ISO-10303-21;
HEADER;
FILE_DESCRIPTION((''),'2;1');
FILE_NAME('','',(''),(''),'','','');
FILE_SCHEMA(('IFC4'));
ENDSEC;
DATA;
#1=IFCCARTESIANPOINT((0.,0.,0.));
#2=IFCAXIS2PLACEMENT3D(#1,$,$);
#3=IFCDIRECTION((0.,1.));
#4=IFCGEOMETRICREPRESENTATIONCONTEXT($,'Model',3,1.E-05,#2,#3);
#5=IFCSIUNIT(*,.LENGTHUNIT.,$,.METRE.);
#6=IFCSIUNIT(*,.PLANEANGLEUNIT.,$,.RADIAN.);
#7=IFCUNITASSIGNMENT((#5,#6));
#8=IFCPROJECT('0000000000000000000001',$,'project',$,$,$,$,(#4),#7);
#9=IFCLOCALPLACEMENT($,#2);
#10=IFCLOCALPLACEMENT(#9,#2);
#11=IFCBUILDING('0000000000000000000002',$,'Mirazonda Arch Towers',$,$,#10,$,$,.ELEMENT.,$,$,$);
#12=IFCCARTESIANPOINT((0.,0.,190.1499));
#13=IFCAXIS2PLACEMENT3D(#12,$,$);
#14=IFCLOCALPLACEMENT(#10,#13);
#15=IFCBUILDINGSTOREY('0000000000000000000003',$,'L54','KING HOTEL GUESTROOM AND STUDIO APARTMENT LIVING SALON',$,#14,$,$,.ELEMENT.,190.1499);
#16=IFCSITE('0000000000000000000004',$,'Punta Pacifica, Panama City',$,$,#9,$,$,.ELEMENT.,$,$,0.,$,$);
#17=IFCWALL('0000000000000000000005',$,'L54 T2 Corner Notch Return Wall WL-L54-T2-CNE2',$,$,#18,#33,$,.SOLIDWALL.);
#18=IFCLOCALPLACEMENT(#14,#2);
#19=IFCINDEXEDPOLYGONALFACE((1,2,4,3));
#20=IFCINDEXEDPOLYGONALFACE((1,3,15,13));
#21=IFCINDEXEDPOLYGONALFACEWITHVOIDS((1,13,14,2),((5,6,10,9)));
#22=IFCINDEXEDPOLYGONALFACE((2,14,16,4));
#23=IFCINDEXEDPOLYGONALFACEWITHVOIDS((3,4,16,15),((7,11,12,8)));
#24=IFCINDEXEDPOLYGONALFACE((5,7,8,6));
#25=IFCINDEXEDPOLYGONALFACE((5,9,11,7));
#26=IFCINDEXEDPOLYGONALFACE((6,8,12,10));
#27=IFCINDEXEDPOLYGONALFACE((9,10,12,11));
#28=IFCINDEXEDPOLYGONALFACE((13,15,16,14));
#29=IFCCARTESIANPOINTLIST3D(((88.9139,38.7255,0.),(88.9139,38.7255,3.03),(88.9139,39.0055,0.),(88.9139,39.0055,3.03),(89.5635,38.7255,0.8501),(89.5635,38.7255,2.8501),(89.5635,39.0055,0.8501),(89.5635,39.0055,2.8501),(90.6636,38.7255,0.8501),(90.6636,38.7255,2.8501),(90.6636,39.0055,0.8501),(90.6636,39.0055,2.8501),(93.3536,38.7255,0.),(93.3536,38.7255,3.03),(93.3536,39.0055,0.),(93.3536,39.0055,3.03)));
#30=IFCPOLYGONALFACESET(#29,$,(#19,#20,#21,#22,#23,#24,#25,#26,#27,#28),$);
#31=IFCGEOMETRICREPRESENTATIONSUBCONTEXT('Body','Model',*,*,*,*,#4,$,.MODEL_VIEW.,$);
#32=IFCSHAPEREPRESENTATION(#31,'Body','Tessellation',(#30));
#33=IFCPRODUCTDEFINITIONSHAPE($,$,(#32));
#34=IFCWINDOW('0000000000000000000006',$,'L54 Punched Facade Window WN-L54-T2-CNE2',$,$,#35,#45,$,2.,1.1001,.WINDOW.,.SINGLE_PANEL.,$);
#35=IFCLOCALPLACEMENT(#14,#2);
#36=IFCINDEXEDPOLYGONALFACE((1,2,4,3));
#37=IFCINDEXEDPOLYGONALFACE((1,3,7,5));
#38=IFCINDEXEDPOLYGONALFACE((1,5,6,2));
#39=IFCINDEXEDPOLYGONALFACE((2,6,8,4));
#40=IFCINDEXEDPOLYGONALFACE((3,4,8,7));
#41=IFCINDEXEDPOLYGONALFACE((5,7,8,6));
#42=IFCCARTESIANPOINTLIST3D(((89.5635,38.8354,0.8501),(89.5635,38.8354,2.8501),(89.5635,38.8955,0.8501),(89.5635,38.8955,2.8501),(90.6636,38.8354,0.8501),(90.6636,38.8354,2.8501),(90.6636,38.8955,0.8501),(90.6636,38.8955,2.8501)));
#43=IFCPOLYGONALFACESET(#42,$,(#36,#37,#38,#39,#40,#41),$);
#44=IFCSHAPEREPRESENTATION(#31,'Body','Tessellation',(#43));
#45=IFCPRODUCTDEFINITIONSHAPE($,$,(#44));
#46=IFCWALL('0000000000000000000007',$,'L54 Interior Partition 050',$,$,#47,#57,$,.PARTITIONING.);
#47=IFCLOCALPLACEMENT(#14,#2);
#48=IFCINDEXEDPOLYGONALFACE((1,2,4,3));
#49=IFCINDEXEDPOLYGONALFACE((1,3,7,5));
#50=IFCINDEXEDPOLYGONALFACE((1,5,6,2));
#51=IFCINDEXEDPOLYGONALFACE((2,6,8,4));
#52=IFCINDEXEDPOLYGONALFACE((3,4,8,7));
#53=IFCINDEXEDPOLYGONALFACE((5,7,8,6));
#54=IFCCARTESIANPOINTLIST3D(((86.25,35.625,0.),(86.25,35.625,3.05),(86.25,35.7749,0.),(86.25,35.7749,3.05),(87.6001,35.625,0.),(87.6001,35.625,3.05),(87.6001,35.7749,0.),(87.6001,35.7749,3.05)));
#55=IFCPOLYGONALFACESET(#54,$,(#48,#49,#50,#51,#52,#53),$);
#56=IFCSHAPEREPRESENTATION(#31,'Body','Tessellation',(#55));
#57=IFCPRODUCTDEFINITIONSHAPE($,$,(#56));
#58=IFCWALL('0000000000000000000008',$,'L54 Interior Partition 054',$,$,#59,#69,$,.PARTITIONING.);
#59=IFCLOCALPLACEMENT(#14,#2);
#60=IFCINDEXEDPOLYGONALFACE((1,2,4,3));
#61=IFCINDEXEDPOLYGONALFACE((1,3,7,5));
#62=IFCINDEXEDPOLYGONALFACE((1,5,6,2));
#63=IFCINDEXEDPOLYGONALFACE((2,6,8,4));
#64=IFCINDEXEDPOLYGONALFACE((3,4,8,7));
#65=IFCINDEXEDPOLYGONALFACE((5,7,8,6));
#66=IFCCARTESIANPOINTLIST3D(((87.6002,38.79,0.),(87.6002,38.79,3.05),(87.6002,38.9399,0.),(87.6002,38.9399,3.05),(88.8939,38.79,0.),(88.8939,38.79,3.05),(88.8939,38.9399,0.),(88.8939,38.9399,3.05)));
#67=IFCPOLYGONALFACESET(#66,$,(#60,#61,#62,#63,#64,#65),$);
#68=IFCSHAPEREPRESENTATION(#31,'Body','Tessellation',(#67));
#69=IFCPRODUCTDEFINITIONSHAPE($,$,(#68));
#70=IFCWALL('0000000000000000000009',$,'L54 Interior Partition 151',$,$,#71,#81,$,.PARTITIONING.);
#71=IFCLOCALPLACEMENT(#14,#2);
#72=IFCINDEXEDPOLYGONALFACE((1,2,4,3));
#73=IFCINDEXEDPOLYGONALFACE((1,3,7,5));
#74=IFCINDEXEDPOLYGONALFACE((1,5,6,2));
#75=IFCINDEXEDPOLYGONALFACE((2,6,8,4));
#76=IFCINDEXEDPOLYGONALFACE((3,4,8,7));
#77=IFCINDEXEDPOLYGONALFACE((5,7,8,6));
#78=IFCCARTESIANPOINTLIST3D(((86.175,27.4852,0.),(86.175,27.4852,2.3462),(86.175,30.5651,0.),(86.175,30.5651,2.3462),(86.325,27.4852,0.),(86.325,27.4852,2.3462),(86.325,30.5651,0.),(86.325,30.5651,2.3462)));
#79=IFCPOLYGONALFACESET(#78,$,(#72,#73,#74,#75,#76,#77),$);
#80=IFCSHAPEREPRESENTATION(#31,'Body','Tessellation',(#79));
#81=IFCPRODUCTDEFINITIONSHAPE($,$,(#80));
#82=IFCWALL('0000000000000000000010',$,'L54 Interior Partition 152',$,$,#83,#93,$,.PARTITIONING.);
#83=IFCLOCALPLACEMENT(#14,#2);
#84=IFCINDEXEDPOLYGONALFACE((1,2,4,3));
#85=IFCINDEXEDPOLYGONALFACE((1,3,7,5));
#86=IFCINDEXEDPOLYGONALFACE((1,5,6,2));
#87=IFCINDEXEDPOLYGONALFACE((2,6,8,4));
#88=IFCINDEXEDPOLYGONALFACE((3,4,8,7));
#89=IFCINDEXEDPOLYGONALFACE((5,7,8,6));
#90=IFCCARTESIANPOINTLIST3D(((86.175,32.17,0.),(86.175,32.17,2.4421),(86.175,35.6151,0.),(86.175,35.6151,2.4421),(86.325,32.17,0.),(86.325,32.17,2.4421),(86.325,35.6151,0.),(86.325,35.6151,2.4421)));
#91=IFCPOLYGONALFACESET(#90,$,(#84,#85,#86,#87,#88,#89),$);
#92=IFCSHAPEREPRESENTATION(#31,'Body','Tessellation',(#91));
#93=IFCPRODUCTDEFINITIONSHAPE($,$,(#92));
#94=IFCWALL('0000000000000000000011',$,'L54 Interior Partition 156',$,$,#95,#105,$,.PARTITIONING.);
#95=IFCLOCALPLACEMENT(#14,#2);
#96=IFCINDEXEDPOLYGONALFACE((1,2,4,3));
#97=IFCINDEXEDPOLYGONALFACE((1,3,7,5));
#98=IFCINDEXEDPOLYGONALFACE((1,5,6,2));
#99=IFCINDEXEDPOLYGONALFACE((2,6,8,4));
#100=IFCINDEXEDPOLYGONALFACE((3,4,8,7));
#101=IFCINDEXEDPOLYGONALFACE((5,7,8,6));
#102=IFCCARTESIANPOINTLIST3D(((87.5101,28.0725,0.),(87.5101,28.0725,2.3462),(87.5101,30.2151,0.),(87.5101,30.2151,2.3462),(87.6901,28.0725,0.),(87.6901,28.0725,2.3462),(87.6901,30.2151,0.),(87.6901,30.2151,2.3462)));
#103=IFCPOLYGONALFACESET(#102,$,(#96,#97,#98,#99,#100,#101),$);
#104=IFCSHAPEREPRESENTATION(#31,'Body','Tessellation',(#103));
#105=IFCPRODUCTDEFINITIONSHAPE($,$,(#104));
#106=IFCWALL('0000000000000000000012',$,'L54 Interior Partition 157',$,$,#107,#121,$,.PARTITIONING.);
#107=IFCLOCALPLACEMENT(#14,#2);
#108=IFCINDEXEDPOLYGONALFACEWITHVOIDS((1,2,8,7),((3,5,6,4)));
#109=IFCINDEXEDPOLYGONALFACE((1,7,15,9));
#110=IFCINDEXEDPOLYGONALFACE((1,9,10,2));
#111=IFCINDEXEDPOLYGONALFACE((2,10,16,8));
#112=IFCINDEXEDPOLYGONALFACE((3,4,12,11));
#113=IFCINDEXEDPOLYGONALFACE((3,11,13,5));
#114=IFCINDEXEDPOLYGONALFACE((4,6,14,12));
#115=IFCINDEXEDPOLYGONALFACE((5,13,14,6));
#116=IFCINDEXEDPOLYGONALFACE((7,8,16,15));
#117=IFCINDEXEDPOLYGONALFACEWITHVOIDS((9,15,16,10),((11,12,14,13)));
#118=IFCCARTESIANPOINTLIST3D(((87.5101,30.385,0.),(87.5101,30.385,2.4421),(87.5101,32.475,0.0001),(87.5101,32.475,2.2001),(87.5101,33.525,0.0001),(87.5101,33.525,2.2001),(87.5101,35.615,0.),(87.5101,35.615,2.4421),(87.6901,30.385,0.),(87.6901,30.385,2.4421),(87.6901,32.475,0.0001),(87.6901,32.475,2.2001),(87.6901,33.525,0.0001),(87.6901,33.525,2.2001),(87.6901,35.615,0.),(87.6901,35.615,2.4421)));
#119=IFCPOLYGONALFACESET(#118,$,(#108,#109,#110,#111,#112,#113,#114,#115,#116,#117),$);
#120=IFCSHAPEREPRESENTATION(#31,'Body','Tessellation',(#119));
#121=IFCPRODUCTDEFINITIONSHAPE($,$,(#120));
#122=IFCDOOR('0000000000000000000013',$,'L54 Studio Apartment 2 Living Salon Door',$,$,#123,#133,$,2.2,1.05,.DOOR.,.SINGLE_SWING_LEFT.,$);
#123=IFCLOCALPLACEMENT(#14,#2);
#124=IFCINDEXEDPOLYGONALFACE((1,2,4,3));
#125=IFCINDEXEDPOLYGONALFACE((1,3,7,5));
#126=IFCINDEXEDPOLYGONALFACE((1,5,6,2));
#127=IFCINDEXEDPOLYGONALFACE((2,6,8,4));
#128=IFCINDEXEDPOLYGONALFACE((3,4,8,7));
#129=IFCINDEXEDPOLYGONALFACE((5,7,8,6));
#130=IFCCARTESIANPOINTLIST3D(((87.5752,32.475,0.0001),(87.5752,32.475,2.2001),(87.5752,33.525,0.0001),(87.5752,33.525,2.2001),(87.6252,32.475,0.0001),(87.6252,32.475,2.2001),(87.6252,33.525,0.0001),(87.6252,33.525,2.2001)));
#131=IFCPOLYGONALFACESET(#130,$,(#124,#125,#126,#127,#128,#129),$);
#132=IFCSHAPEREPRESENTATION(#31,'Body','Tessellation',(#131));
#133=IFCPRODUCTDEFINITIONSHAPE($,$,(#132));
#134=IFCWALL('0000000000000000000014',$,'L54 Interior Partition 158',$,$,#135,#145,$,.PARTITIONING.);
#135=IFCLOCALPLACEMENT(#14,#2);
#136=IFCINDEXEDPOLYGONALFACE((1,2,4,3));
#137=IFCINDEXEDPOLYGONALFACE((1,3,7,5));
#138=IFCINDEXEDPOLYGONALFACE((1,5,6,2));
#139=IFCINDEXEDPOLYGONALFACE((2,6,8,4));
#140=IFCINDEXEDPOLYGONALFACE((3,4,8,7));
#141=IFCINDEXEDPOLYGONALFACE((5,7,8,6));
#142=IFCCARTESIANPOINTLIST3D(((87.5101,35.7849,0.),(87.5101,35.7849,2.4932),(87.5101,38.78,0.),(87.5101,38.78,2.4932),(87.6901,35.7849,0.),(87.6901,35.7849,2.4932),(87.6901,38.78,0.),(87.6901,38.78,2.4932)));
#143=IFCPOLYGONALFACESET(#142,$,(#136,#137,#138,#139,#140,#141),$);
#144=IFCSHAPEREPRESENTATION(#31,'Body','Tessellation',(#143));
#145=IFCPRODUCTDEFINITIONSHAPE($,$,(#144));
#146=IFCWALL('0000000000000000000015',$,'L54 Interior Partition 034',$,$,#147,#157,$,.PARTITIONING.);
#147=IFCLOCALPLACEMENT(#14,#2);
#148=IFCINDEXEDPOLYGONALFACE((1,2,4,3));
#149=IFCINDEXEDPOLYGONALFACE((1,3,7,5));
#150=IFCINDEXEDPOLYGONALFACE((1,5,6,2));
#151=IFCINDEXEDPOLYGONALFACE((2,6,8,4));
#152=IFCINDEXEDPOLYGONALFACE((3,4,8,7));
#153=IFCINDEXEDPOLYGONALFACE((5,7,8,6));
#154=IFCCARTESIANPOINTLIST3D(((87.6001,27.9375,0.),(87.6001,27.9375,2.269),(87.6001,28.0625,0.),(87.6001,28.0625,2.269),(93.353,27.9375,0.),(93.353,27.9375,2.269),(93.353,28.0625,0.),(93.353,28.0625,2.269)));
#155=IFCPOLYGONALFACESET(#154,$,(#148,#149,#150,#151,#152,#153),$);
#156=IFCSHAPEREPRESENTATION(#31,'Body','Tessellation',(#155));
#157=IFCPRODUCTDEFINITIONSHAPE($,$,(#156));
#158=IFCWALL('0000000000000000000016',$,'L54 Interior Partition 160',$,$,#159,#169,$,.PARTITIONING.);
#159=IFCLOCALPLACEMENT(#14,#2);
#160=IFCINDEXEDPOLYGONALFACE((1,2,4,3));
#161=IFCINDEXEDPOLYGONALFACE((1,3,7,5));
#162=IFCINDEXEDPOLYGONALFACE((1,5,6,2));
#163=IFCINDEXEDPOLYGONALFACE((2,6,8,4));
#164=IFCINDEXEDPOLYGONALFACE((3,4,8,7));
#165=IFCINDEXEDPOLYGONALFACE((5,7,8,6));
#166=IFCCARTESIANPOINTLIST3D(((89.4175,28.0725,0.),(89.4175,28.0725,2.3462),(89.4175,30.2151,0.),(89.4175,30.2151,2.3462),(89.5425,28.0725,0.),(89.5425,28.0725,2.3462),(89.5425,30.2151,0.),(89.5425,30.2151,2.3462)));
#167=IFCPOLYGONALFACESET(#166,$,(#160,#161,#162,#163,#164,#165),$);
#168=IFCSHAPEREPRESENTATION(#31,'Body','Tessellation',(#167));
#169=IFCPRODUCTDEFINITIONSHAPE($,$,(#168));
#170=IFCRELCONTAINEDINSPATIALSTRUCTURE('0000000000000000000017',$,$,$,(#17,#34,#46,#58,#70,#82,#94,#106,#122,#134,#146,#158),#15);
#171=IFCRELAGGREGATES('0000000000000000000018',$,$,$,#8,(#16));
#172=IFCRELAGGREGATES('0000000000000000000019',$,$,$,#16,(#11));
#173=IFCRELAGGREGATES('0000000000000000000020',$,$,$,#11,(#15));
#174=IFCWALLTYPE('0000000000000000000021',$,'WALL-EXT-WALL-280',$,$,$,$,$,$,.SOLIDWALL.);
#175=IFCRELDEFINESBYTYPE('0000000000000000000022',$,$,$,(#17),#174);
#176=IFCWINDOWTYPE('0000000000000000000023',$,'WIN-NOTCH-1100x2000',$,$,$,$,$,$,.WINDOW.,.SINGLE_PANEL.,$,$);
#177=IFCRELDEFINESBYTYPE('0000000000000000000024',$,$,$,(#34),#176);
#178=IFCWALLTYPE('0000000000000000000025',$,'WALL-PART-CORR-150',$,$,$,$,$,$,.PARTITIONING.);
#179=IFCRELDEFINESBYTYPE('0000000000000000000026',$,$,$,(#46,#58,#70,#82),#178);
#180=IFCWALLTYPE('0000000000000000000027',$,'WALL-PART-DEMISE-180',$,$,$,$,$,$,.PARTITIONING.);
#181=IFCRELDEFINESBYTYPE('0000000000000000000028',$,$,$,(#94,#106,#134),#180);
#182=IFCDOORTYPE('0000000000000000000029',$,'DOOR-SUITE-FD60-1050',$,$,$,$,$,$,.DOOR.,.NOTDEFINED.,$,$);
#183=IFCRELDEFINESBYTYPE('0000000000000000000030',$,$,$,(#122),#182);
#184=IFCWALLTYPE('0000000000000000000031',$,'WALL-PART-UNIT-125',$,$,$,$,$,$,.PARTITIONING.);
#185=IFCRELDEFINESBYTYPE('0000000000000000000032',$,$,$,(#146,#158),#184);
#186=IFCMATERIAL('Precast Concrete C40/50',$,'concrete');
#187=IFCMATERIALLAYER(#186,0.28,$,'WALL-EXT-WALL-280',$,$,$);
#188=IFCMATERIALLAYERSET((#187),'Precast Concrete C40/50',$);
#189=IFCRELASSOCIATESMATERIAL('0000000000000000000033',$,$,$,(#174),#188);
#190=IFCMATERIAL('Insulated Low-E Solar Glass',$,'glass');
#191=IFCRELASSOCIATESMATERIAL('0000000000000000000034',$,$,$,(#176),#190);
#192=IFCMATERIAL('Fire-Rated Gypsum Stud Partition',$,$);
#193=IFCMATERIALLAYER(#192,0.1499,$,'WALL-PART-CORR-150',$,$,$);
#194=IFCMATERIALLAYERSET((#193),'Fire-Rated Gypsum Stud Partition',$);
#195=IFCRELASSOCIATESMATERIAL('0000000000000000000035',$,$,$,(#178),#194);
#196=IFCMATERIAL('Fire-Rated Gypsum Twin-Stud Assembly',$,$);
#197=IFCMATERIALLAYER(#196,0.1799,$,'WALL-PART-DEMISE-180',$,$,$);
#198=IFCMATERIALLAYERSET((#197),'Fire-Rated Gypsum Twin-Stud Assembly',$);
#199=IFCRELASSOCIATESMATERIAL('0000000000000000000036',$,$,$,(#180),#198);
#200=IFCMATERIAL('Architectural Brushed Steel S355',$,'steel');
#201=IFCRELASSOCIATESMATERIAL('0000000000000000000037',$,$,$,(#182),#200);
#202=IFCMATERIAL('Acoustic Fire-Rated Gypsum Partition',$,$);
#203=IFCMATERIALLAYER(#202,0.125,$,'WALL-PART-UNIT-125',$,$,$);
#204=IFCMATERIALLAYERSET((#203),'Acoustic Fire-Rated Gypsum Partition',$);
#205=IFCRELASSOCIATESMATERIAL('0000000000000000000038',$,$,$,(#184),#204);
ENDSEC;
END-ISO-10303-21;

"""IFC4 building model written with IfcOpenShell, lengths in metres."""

from ifc_helpers import new_model, si_unit, direction, frame, frame_2d, origin, place, context, subcontext, project, spatial, rectangle, extrude, material, layer, layer_set, type_object, element, fill, save


model = new_model("IFC4")

# Units and contexts
model_context = context("Model", 3, precision=1e-05, world=origin(), true_north=direction((0.0, 1.0)))
body_context = subcontext(model_context, "Body", "Model", "MODEL_VIEW")
ifc_project = project(units=[si_unit("LENGTHUNIT", "METRE"), si_unit("PLANEANGLEUNIT", "RADIAN")], contexts=[model_context])

# Site, building, storey
site_placement = place(None, origin())
site = spatial("IfcSite", under=ifc_project, at=site_placement, Name="Punta Pacifica, Panama City", CompositionType="ELEMENT", RefElevation=0.0)
building_placement = place(site_placement, origin())
building = spatial("IfcBuilding", under=site, at=building_placement, Name="Mirazonda Arch Towers", CompositionType="ELEMENT")
storey_placement = place(building_placement, frame((0.0, 0.0, 190.1499)))
storey = spatial("IfcBuildingStorey", under=building, at=storey_placement, Name="L54", Description="KING HOTEL GUESTROOM AND STUDIO APARTMENT LIVING SALON", CompositionType="ELEMENT", Elevation=190.1499)

# Shared definitions
ifc_material_1 = material(Name="Insulated Low-E Solar Glass", Category="glass")

# Wall, opening, window
ifc_material_2 = material(Name="Precast Concrete C40/50", Category="concrete")
ifc_layer_1 = layer(ifc_material_2, 0.28, Name="WALL-EXT-WALL-280")
ifc_layer_set_1 = layer_set([ifc_layer_1], Name="Precast Concrete C40/50")
wall_type_1 = type_object("IfcWallType", Name="WALL-EXT-WALL-280", PredefinedType="SOLIDWALL", material=ifc_layer_set_1)
window_type = type_object("IfcWindowType", Name="WIN-NOTCH-1100x2000", PartitioningType="SINGLE_PANEL", PredefinedType="WINDOW", material=ifc_material_1)
wall_1_placement = place(storey_placement, frame((93.3535, 38.8655, 0.0), z_axis=(0.0, 0.0, 1.0), x_axis=(-1.0, 0.0, 0.0)))
wall_1 = element("IfcWall", 1, at=wall_1_placement, inside=storey, type_object=wall_type_1, Name="L54 T2 Corner Notch Return Wall WL-L54-T2-CNE2", PredefinedType="SOLIDWALL", context=body_context, shape_type="SweptSolid", body=[
    extrude(rectangle(XDim=4.4397, YDim=0.28, at=frame_2d((2.2197, 0.0))), origin(), (0.0, 0.0, 1.0), 3.03),
])
opening_1_placement = place(wall_1_placement, frame((2.6899, 0.0, 0.8501)))
opening_1 = element("IfcOpeningElement", 2, at=opening_1_placement, cuts=wall_1, PredefinedType="OPENING", context=body_context, shape_type="SweptSolid", body=[
    extrude(rectangle(XDim=1.1001, YDim=2.0, at=frame_2d((0.55, 1.0))), frame((0.0, 0.1499, 0.0), z_axis=(0.0, -1.0, 0.0), x_axis=(1.0, 0.0, 0.0)), (0.0, 0.0, 1.0), 0.3),
])
window_1_placement = place(opening_1_placement, origin())
window_1 = element("IfcWindow", 3, at=window_1_placement, inside=storey, type_object=window_type, Name="L54 Punched Facade Window WN-L54-T2-CNE2", OverallHeight=2.0, OverallWidth=1.1001, PartitioningType="SINGLE_PANEL", PredefinedType="WINDOW", context=body_context, shape_type="SweptSolid", body=[
    extrude(rectangle(XDim=1.1001, YDim=2.0, at=frame_2d((0.55, 1.0))), frame((0.0, 0.03, 0.0), z_axis=(0.0, -1.0, 0.0), x_axis=(1.0, 0.0, 0.0)), (0.0, 0.0, 1.0), 0.0601),
])
fill(opening_1, window_1)

# Shared definitions
ifc_material_3 = material(Name="Fire-Rated Gypsum Stud Partition")
ifc_layer_2 = layer(ifc_material_3, 0.1499, Name="WALL-PART-CORR-150")
ifc_layer_set_2 = layer_set([ifc_layer_2], Name="Fire-Rated Gypsum Stud Partition")
wall_type_2 = type_object("IfcWallType", Name="WALL-PART-CORR-150", PredefinedType="PARTITIONING", material=ifc_layer_set_2)
ifc_material_4 = material(Name="Architectural Brushed Steel S355", Category="steel")

# Walls
wall_2_placement = place(storey_placement, frame((86.25, 35.7, 0.0), z_axis=(0.0, 0.0, 1.0), x_axis=(1.0, 0.0, 0.0)))
element("IfcWall", 4, at=wall_2_placement, inside=storey, type_object=wall_type_2, Name="L54 Interior Partition 050", PredefinedType="PARTITIONING", context=body_context, shape_type="SweptSolid", body=[
    extrude(rectangle(XDim=1.3501, YDim=0.1499, at=frame_2d((0.675, 0.0))), origin(), (0.0, 0.0, 1.0), 3.05),
])
wall_3_placement = place(storey_placement, frame((87.6001, 38.865, 0.0), z_axis=(0.0, 0.0, 1.0), x_axis=(1.0, 0.0, 0.0)))
element("IfcWall", 5, at=wall_3_placement, inside=storey, type_object=wall_type_2, Name="L54 Interior Partition 054", PredefinedType="PARTITIONING", context=body_context, shape_type="SweptSolid", body=[
    extrude(rectangle(XDim=1.2937, YDim=0.1499, at=frame_2d((0.647, 0.0))), origin(), (0.0, 0.0, 1.0), 3.05),
])
wall_4_placement = place(storey_placement, frame((86.25, 27.4851, 0.0), z_axis=(0.0, 0.0, 1.0), x_axis=(0.0, 1.0, 0.0)))
element("IfcWall", 6, at=wall_4_placement, inside=storey, type_object=wall_type_2, Name="L54 Interior Partition 151", PredefinedType="PARTITIONING", context=body_context, shape_type="SweptSolid", body=[
    extrude(rectangle(XDim=3.0798, YDim=0.1499, at=frame_2d((1.54, 0.0))), origin(), (0.0, 0.0, 1.0), 2.3462),
])
wall_5_placement = place(storey_placement, frame((86.25, 32.1699, 0.0), z_axis=(0.0, 0.0, 1.0), x_axis=(0.0, 1.0, 0.0)))
element("IfcWall", 7, at=wall_5_placement, inside=storey, type_object=wall_type_2, Name="L54 Interior Partition 152", PredefinedType="PARTITIONING", context=body_context, shape_type="SweptSolid", body=[
    extrude(rectangle(XDim=3.4451, YDim=0.1499, at=frame_2d((1.7227, 0.0))), origin(), (0.0, 0.0, 1.0), 2.4421),
])
ifc_material_5 = material(Name="Fire-Rated Gypsum Twin-Stud Assembly")
ifc_layer_3 = layer(ifc_material_5, 0.1799, Name="WALL-PART-DEMISE-180")
ifc_layer_set_3 = layer_set([ifc_layer_3], Name="Fire-Rated Gypsum Twin-Stud Assembly")
wall_type_3 = type_object("IfcWallType", Name="WALL-PART-DEMISE-180", PredefinedType="PARTITIONING", material=ifc_layer_set_3)
wall_6_placement = place(storey_placement, frame((87.6001, 28.0725, 0.0), z_axis=(0.0, 0.0, 1.0), x_axis=(0.0, 1.0, 0.0)))
element("IfcWall", 8, at=wall_6_placement, inside=storey, type_object=wall_type_3, Name="L54 Interior Partition 156", PredefinedType="PARTITIONING", context=body_context, shape_type="SweptSolid", body=[
    extrude(rectangle(XDim=2.1426, YDim=0.1799, at=frame_2d((1.0713, 0.0))), origin(), (0.0, 0.0, 1.0), 2.3462),
])

# Wall, opening, door
wall_7_placement = place(storey_placement, frame((87.6001, 30.385, 0.0), z_axis=(0.0, 0.0, 1.0), x_axis=(0.0, 1.0, 0.0)))
wall_7 = element("IfcWall", 9, at=wall_7_placement, inside=storey, type_object=wall_type_3, Name="L54 Interior Partition 157", PredefinedType="PARTITIONING", context=body_context, shape_type="SweptSolid", body=[
    extrude(rectangle(XDim=5.23, YDim=0.1799, at=frame_2d((2.615, 0.0))), origin(), (0.0, 0.0, 1.0), 2.4421),
])
opening_2_placement = place(wall_7_placement, frame((2.0901, 0.0, 0.0)))
opening_2 = element("IfcOpeningElement", 10, at=opening_2_placement, cuts=wall_7, PredefinedType="OPENING", context=body_context, shape_type="SweptSolid", body=[
    extrude(rectangle(XDim=1.05, YDim=2.2, at=frame_2d((0.5249, 1.1001))), frame((0.0, 0.0999, 0.0), z_axis=(0.0, -1.0, 0.0), x_axis=(1.0, 0.0, 0.0)), (0.0, 0.0, 1.0), 0.2),
])
door_type_1 = type_object("IfcDoorType", Name="DOOR-SUITE-FD60-1050", OperationType="NOTDEFINED", PredefinedType="DOOR", material=ifc_material_4)
door_1_placement = place(opening_2_placement, origin())
door_1 = element("IfcDoor", 11, at=door_1_placement, inside=storey, type_object=door_type_1, Name="L54 Studio Apartment 2 Living Salon Door", OperationType="SINGLE_SWING_LEFT", OverallHeight=2.2, OverallWidth=1.05, PredefinedType="DOOR", context=body_context, shape_type="SweptSolid", body=[
    extrude(rectangle(XDim=1.05, YDim=2.2, at=frame_2d((0.5249, 1.1001))), frame((0.0, 0.0249, 0.0), z_axis=(0.0, -1.0, 0.0), x_axis=(1.0, 0.0, 0.0)), (0.0, 0.0, 1.0), 0.05),
])
fill(opening_2, door_1)

# Walls
wall_8_placement = place(storey_placement, frame((87.6001, 35.7849, 0.0), z_axis=(0.0, 0.0, 1.0), x_axis=(0.0, 1.0, 0.0)))
element("IfcWall", 12, at=wall_8_placement, inside=storey, type_object=wall_type_3, Name="L54 Interior Partition 158", PredefinedType="PARTITIONING", context=body_context, shape_type="SweptSolid", body=[
    extrude(rectangle(XDim=2.9951, YDim=0.1799, at=frame_2d((1.4976, 0.0))), origin(), (0.0, 0.0, 1.0), 2.4932),
])
ifc_material_6 = material(Name="Acoustic Fire-Rated Gypsum Partition")
ifc_layer_4 = layer(ifc_material_6, 0.125, Name="WALL-PART-UNIT-125")
ifc_layer_set_4 = layer_set([ifc_layer_4], Name="Acoustic Fire-Rated Gypsum Partition")
wall_type_4 = type_object("IfcWallType", Name="WALL-PART-UNIT-125", PredefinedType="PARTITIONING", material=ifc_layer_set_4)
wall_9_placement = place(storey_placement, frame((87.6001, 28.0, 0.0), z_axis=(0.0, 0.0, 1.0), x_axis=(1.0, 0.0, 0.0)))
element("IfcWall", 13, at=wall_9_placement, inside=storey, type_object=wall_type_4, Name="L54 Interior Partition 034", PredefinedType="PARTITIONING", context=body_context, shape_type="SweptSolid", body=[
    extrude(rectangle(XDim=5.7529, YDim=0.125, at=frame_2d((2.8765, 0.0))), origin(), (0.0, 0.0, 1.0), 2.269),
])
wall_10_placement = place(storey_placement, frame((89.48, 28.0725, 0.0), z_axis=(0.0, 0.0, 1.0), x_axis=(0.0, 1.0, 0.0)))
element("IfcWall", 14, at=wall_10_placement, inside=storey, type_object=wall_type_4, Name="L54 Interior Partition 160", PredefinedType="PARTITIONING", context=body_context, shape_type="SweptSolid", body=[
    extrude(rectangle(XDim=2.1426, YDim=0.125, at=frame_2d((1.0713, 0.0))), origin(), (0.0, 0.0, 1.0), 2.3462),
])

save(model, "model.ifc")
